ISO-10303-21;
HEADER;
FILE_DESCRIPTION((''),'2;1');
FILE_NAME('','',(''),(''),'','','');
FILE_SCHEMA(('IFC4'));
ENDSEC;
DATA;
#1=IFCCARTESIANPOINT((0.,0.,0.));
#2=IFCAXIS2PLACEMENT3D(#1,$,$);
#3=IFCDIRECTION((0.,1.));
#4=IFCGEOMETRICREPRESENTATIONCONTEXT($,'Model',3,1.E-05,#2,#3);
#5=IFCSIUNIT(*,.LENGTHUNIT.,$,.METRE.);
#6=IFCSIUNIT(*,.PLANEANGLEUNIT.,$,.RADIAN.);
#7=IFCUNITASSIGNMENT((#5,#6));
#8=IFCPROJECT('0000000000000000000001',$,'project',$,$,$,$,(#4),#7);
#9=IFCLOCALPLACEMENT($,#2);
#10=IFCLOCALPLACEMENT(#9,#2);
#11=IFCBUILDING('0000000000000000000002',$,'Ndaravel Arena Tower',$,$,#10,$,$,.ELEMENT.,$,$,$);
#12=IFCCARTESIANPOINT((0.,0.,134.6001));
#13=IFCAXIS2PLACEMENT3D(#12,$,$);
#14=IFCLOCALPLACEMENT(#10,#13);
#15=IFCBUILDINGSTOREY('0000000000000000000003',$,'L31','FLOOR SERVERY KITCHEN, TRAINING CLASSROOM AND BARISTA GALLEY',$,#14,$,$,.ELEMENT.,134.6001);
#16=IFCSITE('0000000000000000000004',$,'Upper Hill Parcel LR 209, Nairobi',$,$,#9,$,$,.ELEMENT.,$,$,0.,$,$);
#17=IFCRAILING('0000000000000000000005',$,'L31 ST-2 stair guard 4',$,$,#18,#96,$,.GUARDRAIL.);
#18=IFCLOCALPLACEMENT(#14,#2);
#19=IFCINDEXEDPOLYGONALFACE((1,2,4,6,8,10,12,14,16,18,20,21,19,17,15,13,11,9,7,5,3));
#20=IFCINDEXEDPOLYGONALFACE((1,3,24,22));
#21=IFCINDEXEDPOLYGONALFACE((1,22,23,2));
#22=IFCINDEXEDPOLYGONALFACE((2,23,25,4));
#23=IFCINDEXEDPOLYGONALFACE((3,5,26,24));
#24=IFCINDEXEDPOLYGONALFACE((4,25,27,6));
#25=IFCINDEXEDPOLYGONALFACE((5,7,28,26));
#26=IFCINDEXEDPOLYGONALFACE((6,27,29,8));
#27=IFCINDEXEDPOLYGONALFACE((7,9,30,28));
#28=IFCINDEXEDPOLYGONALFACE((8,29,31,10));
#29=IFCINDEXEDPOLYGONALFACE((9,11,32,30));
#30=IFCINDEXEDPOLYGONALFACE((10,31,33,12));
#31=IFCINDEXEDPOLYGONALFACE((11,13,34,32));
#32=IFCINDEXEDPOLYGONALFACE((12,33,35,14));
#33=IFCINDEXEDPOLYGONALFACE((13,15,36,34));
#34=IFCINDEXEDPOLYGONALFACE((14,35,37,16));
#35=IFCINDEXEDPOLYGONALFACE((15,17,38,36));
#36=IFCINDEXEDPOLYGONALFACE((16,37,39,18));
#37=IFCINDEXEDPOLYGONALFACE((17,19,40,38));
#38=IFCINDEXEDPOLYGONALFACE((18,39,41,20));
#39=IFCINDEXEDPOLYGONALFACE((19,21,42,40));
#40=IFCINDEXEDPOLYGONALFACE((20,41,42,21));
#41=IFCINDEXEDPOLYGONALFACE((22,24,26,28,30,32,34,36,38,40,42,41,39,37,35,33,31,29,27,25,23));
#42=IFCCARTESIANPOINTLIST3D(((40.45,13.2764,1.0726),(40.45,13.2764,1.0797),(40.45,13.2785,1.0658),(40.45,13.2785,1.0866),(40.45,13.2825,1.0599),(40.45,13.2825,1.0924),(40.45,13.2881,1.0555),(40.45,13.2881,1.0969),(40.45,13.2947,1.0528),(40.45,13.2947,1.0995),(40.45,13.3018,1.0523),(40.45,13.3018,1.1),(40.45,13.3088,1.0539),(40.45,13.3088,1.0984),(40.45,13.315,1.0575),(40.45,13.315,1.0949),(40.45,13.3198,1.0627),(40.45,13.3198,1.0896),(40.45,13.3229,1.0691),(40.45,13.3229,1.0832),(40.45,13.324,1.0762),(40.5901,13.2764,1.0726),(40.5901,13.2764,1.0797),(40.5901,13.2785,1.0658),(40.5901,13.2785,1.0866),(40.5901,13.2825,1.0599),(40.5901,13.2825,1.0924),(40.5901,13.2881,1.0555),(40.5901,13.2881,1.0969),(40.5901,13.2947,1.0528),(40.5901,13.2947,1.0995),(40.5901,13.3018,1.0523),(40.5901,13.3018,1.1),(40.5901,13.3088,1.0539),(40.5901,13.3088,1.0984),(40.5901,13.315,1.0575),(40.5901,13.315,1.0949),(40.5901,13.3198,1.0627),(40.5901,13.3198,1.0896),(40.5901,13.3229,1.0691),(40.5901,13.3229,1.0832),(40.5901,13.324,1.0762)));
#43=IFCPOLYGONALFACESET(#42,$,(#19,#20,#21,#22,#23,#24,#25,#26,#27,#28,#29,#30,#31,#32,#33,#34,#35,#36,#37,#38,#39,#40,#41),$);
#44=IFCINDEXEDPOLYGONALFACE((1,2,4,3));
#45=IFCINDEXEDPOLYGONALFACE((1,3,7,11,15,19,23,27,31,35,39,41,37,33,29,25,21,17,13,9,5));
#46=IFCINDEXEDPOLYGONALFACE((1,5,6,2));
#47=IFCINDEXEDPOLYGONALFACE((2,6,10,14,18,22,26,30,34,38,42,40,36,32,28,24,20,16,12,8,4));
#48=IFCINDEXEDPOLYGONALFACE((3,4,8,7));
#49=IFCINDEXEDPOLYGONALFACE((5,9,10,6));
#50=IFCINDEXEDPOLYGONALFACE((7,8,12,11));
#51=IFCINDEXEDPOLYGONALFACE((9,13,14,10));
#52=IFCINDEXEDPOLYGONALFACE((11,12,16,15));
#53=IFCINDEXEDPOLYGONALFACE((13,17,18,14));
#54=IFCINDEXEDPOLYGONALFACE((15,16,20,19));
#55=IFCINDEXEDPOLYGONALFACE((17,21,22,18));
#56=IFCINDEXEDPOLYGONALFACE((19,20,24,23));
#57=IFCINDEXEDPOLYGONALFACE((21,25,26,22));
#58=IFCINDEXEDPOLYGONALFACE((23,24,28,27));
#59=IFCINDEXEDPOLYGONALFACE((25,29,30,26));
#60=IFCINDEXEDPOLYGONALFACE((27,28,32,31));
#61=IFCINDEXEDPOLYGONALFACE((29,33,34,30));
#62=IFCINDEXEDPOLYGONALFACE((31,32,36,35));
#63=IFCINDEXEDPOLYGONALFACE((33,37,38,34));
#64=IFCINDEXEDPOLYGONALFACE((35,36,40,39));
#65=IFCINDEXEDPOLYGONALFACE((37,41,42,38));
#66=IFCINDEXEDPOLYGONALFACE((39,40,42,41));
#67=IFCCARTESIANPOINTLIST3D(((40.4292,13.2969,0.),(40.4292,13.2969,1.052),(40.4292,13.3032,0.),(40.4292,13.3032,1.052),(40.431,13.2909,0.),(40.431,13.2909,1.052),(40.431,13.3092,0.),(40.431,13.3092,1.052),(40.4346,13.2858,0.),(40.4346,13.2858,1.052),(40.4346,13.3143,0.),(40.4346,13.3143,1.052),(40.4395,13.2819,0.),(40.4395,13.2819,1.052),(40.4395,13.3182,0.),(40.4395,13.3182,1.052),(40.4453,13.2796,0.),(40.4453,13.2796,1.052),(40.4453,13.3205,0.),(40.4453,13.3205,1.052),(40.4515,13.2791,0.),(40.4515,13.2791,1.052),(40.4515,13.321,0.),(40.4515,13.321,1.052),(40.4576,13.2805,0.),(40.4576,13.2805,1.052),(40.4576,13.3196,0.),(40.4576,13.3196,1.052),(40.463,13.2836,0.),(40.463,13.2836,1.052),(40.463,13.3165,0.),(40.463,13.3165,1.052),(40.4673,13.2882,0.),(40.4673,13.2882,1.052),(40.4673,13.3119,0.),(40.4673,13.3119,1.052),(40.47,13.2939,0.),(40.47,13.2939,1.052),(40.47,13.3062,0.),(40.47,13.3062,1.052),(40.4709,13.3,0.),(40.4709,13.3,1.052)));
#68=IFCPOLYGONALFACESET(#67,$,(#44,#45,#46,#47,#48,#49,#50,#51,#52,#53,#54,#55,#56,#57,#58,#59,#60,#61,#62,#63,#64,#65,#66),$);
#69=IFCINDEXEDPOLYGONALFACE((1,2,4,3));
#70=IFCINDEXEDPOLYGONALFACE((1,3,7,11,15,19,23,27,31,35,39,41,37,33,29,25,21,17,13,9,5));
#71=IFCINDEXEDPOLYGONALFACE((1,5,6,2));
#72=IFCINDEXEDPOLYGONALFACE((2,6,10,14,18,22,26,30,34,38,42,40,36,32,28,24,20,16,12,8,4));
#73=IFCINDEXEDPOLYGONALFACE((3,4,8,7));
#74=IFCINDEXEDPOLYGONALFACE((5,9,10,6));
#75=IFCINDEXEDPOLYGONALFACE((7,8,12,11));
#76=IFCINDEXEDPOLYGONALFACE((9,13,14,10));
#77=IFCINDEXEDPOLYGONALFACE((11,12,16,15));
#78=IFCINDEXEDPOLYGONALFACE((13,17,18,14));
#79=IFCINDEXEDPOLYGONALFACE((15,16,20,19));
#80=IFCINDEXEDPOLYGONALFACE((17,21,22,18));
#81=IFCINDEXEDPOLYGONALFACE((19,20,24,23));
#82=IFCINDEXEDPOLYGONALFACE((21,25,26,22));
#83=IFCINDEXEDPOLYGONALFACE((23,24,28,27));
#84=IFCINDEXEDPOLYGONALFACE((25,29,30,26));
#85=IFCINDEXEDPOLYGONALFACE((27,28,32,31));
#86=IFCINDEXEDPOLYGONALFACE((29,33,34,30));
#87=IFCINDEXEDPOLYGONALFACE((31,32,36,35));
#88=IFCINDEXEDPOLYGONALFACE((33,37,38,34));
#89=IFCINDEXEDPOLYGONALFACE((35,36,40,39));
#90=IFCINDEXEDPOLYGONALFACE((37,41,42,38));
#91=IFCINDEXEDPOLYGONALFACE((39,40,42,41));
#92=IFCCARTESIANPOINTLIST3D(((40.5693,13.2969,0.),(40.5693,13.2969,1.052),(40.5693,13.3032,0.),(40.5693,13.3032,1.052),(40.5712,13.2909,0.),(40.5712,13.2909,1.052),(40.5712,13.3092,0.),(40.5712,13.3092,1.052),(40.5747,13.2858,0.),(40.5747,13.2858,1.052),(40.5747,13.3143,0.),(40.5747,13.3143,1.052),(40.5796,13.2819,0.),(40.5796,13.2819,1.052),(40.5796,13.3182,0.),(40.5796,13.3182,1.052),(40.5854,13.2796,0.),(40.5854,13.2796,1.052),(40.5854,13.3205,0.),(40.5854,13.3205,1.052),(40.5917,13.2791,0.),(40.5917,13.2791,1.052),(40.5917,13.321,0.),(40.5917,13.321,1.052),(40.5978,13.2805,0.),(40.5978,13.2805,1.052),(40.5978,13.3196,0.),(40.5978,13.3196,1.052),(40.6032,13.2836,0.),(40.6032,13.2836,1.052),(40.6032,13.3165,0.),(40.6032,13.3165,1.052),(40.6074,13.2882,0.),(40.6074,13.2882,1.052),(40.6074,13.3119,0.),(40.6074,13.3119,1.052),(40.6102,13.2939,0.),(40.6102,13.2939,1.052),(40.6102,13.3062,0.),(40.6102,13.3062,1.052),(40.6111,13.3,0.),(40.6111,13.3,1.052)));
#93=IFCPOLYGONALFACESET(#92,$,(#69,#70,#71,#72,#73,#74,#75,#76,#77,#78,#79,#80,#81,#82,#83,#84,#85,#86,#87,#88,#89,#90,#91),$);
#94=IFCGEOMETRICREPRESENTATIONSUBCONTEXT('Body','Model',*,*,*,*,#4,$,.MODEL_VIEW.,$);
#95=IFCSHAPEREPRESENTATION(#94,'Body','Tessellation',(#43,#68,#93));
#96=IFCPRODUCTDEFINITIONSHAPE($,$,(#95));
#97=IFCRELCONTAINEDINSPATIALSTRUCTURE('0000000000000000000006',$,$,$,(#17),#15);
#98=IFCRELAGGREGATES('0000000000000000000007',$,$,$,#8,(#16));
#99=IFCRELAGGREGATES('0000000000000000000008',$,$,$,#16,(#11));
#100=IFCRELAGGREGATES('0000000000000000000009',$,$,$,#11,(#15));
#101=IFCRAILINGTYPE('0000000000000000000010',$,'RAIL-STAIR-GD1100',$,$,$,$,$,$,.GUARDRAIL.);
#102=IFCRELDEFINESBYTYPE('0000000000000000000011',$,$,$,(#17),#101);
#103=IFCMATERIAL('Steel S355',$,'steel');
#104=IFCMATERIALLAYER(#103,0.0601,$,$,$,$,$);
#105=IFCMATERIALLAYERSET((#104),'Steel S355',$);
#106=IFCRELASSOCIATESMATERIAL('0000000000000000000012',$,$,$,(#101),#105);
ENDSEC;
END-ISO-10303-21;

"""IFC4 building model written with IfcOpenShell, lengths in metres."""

from ifc_helpers import new_model, si_unit, direction, frame, origin, origin_2d, place, context, subcontext, project, spatial, circle, extrude, material, layer, layer_set, type_object, element, save


model = new_model("IFC4")

# Units and contexts
model_context = context("Model", 3, precision=1e-05, world=origin(), true_north=direction((0.0, 1.0)))
body_context = subcontext(model_context, "Body", "Model", "MODEL_VIEW")
ifc_project = project(units=[si_unit("LENGTHUNIT", "METRE"), si_unit("PLANEANGLEUNIT", "RADIAN")], contexts=[model_context])

# Site, building, storey
site_placement = place(None, origin())
site = spatial("IfcSite", under=ifc_project, at=site_placement, Name="Upper Hill Parcel LR 209, Nairobi", CompositionType="ELEMENT", RefElevation=0.0)
building_placement = place(site_placement, origin())
building = spatial("IfcBuilding", under=site, at=building_placement, Name="Ndaravel Arena Tower", CompositionType="ELEMENT")
storey_placement = place(building_placement, frame((0.0, 0.0, 134.6001)))
storey = spatial("IfcBuildingStorey", under=building, at=storey_placement, Name="L31", Description="FLOOR SERVERY KITCHEN, TRAINING CLASSROOM AND BARISTA GALLEY", CompositionType="ELEMENT", Elevation=134.6001)

# Railing
ifc_material_1 = material(Name="Steel S355", Category="steel")
ifc_layer_1 = layer(ifc_material_1, 0.0601)
ifc_layer_set_1 = layer_set([ifc_layer_1], Name="Steel S355")
railing_type_1 = type_object("IfcRailingType", Name="RAIL-STAIR-GD1100", PredefinedType="GUARDRAIL", material=ifc_layer_set_1)
railing_1_placement = place(storey_placement, frame((40.45, 13.3, 0.0)))
element("IfcRailing", 1, at=railing_1_placement, inside=storey, type_object=railing_type_1, Name="L31 ST-2 stair guard 4", PredefinedType="GUARDRAIL", context=body_context, shape_type="SweptSolid", body=[
    extrude(circle(Radius=0.0239, at=origin_2d()), frame((0.0, 0.0, 1.0762), z_axis=(1.0, 0.0, 0.0), x_axis=(0.0, 1.0, 0.0)), (0.0, 0.0, 1.0), 0.1401),
    extrude(circle(Radius=0.021, at=origin_2d()), origin(), (0.0, 0.0, 1.0), 1.052),
    extrude(circle(Radius=0.021, at=origin_2d()), frame((0.1401, 0.0, 0.0)), (0.0, 0.0, 1.0), 1.052),
])

save(model, "model.ifc")
